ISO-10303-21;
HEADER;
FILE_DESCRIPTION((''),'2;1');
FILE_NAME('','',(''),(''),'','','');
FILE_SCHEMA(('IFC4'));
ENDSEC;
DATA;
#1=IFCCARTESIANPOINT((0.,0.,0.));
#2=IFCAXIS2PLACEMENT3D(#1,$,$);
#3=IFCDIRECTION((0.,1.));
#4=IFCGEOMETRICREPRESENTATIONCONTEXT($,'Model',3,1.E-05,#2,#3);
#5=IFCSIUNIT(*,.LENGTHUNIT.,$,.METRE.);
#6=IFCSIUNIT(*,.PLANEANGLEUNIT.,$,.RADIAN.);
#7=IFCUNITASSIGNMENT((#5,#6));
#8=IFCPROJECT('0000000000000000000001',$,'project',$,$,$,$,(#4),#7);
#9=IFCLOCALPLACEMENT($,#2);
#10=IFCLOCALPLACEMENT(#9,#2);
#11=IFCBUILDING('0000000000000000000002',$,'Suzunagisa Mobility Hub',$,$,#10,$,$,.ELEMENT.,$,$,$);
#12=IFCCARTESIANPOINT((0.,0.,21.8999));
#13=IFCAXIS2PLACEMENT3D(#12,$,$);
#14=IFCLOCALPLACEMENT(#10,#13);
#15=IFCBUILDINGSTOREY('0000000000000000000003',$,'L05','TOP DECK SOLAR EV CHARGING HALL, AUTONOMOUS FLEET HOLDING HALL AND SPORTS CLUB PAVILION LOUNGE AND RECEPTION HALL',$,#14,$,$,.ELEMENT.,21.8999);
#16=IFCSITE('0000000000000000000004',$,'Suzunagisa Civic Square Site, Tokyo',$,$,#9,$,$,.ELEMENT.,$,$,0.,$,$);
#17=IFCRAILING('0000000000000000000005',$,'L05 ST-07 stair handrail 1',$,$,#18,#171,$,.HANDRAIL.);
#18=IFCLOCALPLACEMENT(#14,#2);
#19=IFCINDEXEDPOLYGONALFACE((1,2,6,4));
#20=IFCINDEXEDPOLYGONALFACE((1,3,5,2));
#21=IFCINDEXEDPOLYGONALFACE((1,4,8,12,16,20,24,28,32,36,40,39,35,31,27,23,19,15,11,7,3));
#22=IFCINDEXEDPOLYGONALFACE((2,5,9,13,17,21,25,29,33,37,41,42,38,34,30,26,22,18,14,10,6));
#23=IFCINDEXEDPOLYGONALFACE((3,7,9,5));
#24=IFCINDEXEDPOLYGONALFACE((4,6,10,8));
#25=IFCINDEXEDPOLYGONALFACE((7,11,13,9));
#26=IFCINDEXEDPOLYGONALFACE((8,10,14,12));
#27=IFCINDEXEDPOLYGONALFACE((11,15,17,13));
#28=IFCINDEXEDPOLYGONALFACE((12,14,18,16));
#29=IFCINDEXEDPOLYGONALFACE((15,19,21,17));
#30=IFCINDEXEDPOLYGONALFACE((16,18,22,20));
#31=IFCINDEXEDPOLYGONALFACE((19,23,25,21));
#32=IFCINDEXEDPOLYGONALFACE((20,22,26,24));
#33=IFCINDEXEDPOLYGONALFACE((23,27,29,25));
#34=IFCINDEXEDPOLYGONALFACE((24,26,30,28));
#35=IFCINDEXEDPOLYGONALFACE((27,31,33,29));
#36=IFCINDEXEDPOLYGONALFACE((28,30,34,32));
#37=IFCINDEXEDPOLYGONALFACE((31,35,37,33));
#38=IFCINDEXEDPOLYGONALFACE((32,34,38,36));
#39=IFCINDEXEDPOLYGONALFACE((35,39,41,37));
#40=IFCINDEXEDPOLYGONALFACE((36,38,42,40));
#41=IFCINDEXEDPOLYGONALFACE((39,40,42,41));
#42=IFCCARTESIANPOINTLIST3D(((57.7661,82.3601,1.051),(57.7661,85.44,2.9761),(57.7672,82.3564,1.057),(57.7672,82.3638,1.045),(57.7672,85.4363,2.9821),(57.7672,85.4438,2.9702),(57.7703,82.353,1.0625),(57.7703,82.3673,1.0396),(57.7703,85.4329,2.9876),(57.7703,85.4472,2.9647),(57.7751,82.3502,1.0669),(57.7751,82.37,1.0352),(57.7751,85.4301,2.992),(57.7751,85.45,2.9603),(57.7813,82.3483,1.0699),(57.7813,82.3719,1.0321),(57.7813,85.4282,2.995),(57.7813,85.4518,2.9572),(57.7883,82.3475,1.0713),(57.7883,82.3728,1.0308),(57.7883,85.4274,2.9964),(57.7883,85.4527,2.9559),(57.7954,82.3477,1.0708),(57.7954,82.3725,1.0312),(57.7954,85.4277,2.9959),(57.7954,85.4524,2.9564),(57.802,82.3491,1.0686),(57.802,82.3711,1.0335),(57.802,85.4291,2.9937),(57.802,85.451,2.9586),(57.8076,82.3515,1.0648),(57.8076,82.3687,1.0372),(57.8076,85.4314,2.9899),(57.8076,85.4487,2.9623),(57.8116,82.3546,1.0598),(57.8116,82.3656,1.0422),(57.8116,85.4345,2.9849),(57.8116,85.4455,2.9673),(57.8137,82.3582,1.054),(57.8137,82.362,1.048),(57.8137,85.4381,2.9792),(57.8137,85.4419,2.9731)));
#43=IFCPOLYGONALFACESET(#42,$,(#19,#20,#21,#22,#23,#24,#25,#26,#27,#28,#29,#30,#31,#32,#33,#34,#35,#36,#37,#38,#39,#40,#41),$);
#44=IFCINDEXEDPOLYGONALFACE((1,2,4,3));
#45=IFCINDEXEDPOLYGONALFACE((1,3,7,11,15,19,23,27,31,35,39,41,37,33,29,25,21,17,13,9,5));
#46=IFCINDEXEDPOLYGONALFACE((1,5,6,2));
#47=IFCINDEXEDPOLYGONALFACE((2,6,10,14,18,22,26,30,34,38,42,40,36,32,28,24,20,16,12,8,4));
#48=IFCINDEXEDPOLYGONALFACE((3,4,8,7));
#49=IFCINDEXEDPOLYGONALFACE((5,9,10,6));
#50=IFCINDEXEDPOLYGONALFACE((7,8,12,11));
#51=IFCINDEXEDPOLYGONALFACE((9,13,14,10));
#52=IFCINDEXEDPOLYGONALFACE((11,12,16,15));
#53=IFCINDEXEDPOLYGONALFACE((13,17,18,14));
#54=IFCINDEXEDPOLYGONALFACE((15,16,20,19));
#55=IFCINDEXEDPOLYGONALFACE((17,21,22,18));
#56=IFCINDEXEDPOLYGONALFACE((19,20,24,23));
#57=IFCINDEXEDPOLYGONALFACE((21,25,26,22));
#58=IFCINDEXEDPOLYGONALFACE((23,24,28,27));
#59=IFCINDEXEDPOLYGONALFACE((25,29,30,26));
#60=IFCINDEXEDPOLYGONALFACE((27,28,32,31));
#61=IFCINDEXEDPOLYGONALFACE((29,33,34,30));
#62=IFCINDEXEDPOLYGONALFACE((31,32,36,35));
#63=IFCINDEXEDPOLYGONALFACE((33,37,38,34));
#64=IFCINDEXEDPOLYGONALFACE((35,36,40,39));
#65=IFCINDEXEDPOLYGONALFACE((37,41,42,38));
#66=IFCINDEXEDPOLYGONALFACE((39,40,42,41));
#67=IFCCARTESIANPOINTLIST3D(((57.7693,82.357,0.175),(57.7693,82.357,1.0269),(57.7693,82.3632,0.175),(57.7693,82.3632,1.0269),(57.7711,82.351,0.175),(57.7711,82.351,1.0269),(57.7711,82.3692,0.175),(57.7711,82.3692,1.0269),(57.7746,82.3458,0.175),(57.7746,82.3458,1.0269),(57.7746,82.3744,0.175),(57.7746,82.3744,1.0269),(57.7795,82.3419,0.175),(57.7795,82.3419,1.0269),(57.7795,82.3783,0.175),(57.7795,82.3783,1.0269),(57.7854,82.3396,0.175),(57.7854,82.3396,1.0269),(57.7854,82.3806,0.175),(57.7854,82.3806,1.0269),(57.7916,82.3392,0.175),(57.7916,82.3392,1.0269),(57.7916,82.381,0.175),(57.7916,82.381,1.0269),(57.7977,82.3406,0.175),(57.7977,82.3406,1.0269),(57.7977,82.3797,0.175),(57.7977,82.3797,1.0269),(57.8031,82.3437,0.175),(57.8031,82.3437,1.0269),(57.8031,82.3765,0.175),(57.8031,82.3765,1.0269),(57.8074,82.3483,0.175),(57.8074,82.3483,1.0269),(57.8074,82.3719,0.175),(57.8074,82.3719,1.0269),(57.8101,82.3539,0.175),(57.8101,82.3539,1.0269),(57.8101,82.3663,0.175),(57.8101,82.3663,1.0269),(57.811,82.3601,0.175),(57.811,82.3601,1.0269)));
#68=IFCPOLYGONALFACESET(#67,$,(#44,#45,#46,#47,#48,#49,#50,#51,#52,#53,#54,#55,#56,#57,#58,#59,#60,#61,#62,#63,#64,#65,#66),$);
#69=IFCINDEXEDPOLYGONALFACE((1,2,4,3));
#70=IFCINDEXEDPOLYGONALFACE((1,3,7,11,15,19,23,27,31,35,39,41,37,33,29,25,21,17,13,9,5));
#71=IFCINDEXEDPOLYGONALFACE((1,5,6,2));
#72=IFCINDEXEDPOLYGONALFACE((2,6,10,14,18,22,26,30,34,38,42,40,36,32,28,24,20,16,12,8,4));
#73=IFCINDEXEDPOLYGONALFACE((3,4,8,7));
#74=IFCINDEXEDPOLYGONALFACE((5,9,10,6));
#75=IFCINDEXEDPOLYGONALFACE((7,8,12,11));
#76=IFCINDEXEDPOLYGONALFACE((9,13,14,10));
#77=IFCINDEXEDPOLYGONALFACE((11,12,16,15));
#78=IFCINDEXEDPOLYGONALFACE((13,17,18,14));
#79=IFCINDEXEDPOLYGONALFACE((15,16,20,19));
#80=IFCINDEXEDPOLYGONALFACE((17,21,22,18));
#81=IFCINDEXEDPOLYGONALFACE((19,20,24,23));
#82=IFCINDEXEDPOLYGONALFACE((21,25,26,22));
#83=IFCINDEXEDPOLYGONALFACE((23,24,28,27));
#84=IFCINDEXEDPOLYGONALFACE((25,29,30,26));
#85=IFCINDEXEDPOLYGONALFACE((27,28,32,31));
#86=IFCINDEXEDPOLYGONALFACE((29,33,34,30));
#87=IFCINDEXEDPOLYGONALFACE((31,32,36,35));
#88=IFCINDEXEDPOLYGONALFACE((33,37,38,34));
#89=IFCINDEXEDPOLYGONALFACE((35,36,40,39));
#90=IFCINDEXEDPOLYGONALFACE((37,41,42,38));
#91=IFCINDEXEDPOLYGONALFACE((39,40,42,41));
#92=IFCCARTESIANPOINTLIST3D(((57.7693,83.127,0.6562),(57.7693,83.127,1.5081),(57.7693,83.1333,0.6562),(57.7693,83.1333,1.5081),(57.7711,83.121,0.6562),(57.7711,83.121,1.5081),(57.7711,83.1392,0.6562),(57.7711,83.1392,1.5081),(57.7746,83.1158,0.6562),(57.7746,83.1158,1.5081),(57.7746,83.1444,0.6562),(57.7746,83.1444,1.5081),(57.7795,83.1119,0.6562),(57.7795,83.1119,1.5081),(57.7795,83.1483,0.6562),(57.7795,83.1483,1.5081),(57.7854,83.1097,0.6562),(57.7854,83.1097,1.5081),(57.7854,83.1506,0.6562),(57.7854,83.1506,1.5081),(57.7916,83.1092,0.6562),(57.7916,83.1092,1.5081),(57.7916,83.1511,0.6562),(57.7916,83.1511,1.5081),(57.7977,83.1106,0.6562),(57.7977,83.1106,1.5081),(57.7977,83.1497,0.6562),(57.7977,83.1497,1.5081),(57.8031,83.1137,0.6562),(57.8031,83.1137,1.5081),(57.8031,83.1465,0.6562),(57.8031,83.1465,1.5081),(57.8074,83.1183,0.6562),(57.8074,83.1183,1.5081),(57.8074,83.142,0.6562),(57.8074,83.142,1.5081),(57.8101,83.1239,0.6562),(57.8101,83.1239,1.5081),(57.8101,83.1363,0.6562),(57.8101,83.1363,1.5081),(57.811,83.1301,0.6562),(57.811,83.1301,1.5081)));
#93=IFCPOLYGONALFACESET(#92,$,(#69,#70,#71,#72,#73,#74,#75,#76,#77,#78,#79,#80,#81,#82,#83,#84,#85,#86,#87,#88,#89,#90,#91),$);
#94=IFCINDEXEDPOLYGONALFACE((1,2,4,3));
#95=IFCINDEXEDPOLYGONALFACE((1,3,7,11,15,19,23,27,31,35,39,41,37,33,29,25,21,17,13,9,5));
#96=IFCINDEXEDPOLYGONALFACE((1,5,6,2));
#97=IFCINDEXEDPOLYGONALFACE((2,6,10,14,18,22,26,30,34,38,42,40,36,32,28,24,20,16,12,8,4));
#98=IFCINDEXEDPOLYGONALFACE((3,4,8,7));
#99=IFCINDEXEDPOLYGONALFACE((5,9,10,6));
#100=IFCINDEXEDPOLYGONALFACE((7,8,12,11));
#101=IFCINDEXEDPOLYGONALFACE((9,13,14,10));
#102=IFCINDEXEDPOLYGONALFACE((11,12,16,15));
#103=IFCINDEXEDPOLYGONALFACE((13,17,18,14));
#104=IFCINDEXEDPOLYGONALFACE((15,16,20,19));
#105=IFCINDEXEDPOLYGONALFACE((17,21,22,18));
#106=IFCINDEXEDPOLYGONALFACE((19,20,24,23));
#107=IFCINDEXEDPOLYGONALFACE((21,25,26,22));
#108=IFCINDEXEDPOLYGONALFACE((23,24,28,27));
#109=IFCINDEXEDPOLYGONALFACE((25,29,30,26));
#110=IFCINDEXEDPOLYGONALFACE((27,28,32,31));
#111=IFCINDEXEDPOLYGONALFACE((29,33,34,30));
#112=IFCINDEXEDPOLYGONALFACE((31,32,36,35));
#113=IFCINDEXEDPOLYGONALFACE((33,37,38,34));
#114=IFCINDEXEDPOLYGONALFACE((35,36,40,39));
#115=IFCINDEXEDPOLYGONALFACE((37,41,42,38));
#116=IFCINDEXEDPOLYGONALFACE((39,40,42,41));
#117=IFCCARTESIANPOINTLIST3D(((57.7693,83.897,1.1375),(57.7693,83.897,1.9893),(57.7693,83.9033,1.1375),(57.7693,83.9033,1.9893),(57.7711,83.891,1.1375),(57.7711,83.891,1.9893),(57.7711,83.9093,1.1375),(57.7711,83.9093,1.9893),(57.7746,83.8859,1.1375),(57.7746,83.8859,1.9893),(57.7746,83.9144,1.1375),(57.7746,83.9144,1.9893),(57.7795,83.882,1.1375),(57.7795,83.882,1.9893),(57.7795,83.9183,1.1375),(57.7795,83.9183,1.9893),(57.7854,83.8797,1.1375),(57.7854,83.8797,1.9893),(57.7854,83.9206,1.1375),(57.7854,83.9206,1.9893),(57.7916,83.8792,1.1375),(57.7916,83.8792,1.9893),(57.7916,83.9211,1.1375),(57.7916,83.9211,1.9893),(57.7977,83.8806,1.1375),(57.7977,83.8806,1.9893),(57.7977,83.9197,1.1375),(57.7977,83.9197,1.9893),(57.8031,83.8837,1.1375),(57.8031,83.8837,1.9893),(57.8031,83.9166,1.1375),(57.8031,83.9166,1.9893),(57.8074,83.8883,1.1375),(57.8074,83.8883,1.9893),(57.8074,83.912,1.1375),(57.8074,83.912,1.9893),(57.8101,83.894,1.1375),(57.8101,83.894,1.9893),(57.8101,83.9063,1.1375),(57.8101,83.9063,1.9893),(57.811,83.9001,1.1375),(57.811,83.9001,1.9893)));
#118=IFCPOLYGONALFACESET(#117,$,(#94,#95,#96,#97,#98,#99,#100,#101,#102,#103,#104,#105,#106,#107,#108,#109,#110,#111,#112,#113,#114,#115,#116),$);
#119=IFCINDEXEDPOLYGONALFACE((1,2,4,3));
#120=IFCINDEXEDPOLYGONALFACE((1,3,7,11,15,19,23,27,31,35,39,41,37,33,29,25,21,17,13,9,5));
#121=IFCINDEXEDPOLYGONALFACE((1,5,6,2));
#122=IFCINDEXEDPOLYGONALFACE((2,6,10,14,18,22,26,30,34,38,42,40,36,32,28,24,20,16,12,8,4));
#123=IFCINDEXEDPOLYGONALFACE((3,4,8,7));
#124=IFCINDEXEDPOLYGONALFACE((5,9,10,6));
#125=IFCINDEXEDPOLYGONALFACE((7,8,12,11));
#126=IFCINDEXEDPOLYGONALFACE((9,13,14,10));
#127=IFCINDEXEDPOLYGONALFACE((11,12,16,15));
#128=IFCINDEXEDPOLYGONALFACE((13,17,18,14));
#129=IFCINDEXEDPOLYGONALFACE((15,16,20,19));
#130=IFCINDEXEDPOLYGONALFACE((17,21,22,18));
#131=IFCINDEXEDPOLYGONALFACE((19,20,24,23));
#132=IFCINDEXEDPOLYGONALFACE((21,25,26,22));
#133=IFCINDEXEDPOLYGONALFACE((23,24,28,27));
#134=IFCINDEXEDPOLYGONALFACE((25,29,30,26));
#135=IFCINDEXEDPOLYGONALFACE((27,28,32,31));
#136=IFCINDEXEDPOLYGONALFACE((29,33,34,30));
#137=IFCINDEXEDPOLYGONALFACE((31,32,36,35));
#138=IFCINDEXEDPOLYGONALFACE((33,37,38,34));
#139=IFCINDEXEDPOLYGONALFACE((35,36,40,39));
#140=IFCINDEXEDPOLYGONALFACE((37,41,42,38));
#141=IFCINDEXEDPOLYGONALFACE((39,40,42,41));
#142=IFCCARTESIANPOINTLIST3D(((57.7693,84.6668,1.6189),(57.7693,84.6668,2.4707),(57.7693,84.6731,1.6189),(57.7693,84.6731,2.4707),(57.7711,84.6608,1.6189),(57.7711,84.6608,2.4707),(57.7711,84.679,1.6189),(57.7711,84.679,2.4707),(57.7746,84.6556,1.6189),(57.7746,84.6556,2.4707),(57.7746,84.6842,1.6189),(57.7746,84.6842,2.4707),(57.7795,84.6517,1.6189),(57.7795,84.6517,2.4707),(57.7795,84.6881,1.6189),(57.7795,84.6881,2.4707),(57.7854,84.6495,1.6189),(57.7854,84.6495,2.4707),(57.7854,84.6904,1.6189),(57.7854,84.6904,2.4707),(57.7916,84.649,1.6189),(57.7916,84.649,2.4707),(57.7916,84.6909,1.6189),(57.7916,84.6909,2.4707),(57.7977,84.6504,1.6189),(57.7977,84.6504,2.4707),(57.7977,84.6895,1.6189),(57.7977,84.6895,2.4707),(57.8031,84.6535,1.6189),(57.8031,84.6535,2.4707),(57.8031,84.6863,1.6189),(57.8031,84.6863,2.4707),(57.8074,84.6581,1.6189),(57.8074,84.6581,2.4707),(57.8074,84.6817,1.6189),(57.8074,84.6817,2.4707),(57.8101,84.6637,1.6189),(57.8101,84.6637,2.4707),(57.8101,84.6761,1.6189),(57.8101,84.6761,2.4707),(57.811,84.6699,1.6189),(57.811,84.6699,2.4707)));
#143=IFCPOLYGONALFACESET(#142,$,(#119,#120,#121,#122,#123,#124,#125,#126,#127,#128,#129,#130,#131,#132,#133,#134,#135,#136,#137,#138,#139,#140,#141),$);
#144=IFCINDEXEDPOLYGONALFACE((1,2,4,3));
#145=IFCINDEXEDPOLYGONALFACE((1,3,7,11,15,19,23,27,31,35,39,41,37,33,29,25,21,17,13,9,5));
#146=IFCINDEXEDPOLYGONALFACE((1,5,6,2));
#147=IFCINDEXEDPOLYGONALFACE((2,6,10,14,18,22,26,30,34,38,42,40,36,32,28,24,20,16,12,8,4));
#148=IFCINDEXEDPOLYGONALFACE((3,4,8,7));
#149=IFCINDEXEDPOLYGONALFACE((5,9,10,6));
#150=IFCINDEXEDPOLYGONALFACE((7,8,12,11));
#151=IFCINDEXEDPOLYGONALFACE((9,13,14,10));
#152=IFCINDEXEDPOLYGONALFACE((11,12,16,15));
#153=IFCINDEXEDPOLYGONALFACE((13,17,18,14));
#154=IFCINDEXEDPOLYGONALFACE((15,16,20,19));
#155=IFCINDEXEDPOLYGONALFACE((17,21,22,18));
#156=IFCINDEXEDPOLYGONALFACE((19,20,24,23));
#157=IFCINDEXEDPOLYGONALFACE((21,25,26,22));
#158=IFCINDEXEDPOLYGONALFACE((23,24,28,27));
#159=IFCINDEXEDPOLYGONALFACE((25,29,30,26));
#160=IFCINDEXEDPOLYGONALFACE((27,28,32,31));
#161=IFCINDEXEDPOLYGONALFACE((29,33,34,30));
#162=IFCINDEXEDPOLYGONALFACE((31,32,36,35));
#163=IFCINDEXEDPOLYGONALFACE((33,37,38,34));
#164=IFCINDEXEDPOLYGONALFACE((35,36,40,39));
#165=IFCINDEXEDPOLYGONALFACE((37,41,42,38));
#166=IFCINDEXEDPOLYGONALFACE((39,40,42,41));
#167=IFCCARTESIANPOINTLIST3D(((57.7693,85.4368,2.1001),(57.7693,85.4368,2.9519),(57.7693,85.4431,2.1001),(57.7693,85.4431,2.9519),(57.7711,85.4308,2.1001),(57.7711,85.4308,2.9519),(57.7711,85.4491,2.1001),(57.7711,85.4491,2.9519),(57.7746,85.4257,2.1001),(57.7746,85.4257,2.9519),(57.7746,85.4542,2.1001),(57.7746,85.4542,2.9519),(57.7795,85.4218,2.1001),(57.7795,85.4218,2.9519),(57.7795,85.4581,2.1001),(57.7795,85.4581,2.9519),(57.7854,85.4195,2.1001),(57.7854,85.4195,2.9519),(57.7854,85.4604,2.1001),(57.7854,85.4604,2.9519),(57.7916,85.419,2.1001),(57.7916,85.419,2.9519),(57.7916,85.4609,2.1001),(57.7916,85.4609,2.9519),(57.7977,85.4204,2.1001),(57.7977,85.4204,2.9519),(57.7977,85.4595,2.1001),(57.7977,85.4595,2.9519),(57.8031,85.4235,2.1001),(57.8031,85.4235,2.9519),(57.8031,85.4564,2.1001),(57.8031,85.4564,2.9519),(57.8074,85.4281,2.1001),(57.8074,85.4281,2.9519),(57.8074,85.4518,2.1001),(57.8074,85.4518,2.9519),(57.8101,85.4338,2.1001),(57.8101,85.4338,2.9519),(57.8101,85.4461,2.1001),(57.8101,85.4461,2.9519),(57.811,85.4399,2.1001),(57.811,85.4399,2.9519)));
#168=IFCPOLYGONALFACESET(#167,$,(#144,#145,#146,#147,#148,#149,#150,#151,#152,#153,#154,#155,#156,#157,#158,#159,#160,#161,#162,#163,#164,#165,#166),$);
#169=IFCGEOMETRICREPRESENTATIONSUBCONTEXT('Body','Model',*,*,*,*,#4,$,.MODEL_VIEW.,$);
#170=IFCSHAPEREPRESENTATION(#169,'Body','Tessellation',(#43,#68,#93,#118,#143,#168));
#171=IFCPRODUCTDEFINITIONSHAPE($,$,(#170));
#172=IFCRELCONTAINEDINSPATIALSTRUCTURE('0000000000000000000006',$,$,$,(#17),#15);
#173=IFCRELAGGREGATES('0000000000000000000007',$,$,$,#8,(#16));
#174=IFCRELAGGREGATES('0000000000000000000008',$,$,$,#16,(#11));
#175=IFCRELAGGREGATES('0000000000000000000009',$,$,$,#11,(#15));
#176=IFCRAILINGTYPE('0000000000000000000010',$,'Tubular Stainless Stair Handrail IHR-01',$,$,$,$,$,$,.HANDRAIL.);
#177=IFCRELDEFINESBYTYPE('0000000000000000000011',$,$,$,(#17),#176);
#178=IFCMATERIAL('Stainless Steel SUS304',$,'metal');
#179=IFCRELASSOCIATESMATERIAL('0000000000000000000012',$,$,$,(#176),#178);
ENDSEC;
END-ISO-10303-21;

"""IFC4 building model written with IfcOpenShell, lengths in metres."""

from ifc_helpers import new_model, si_unit, direction, frame, origin, origin_2d, place, context, subcontext, project, spatial, circle, extrude, material, type_object, element, save


model = new_model("IFC4")

# Units and contexts
model_context = context("Model", 3, precision=1e-05, world=origin(), true_north=direction((0.0, 1.0)))
body_context = subcontext(model_context, "Body", "Model", "MODEL_VIEW")
ifc_project = project(units=[si_unit("LENGTHUNIT", "METRE"), si_unit("PLANEANGLEUNIT", "RADIAN")], contexts=[model_context])

# Site, building, storey
site_placement = place(None, origin())
site = spatial("IfcSite", under=ifc_project, at=site_placement, Name="Suzunagisa Civic Square Site, Tokyo", CompositionType="ELEMENT", RefElevation=0.0)
building_placement = place(site_placement, origin())
building = spatial("IfcBuilding", under=site, at=building_placement, Name="Suzunagisa Mobility Hub", CompositionType="ELEMENT")
storey_placement = place(building_placement, frame((0.0, 0.0, 21.8999)))
storey = spatial("IfcBuildingStorey", under=building, at=storey_placement, Name="L05", Description="TOP DECK SOLAR EV CHARGING HALL, AUTONOMOUS FLEET HOLDING HALL AND SPORTS CLUB PAVILION LOUNGE AND RECEPTION HALL", CompositionType="ELEMENT", Elevation=21.8999)

# Railing
ifc_material_1 = material(Name="Stainless Steel SUS304", Category="metal")
railing_type_1 = type_object("IfcRailingType", Name="Tubular Stainless Stair Handrail IHR-01", PredefinedType="HANDRAIL", material=ifc_material_1)
railing_1_placement = place(storey_placement, frame((57.79, 82.3601, 0.175)))
element("IfcRailing", 1, at=railing_1_placement, inside=storey, type_object=railing_type_1, Name="L05 ST-07 stair handrail 1", PredefinedType="HANDRAIL", context=body_context, shape_type="SweptSolid", body=[
    extrude(circle(Radius=0.0239, at=origin_2d()), frame((0.0, 0.0, 0.876), z_axis=(0.0, 0.847979, 0.530029), x_axis=(-1.0, 0.0, 0.0)), (0.0, 0.0, 1.0), 3.6321),
    extrude(circle(Radius=0.021, at=origin_2d()), origin(), (0.0, 0.0, 1.0), 0.8518),
    extrude(circle(Radius=0.021, at=origin_2d()), frame((0.0, 0.77, 0.4812)), (0.0, 0.0, 1.0), 0.8518),
    extrude(circle(Radius=0.021, at=origin_2d()), frame((0.0, 1.54, 0.9624)), (0.0, 0.0, 1.0), 0.8518),
    extrude(circle(Radius=0.021, at=origin_2d()), frame((0.0, 2.3098, 1.4438)), (0.0, 0.0, 1.0), 0.8518),
    extrude(circle(Radius=0.021, at=origin_2d()), frame((0.0, 3.0798, 1.925)), (0.0, 0.0, 1.0), 0.8518),
])

save(model, "model.ifc")
